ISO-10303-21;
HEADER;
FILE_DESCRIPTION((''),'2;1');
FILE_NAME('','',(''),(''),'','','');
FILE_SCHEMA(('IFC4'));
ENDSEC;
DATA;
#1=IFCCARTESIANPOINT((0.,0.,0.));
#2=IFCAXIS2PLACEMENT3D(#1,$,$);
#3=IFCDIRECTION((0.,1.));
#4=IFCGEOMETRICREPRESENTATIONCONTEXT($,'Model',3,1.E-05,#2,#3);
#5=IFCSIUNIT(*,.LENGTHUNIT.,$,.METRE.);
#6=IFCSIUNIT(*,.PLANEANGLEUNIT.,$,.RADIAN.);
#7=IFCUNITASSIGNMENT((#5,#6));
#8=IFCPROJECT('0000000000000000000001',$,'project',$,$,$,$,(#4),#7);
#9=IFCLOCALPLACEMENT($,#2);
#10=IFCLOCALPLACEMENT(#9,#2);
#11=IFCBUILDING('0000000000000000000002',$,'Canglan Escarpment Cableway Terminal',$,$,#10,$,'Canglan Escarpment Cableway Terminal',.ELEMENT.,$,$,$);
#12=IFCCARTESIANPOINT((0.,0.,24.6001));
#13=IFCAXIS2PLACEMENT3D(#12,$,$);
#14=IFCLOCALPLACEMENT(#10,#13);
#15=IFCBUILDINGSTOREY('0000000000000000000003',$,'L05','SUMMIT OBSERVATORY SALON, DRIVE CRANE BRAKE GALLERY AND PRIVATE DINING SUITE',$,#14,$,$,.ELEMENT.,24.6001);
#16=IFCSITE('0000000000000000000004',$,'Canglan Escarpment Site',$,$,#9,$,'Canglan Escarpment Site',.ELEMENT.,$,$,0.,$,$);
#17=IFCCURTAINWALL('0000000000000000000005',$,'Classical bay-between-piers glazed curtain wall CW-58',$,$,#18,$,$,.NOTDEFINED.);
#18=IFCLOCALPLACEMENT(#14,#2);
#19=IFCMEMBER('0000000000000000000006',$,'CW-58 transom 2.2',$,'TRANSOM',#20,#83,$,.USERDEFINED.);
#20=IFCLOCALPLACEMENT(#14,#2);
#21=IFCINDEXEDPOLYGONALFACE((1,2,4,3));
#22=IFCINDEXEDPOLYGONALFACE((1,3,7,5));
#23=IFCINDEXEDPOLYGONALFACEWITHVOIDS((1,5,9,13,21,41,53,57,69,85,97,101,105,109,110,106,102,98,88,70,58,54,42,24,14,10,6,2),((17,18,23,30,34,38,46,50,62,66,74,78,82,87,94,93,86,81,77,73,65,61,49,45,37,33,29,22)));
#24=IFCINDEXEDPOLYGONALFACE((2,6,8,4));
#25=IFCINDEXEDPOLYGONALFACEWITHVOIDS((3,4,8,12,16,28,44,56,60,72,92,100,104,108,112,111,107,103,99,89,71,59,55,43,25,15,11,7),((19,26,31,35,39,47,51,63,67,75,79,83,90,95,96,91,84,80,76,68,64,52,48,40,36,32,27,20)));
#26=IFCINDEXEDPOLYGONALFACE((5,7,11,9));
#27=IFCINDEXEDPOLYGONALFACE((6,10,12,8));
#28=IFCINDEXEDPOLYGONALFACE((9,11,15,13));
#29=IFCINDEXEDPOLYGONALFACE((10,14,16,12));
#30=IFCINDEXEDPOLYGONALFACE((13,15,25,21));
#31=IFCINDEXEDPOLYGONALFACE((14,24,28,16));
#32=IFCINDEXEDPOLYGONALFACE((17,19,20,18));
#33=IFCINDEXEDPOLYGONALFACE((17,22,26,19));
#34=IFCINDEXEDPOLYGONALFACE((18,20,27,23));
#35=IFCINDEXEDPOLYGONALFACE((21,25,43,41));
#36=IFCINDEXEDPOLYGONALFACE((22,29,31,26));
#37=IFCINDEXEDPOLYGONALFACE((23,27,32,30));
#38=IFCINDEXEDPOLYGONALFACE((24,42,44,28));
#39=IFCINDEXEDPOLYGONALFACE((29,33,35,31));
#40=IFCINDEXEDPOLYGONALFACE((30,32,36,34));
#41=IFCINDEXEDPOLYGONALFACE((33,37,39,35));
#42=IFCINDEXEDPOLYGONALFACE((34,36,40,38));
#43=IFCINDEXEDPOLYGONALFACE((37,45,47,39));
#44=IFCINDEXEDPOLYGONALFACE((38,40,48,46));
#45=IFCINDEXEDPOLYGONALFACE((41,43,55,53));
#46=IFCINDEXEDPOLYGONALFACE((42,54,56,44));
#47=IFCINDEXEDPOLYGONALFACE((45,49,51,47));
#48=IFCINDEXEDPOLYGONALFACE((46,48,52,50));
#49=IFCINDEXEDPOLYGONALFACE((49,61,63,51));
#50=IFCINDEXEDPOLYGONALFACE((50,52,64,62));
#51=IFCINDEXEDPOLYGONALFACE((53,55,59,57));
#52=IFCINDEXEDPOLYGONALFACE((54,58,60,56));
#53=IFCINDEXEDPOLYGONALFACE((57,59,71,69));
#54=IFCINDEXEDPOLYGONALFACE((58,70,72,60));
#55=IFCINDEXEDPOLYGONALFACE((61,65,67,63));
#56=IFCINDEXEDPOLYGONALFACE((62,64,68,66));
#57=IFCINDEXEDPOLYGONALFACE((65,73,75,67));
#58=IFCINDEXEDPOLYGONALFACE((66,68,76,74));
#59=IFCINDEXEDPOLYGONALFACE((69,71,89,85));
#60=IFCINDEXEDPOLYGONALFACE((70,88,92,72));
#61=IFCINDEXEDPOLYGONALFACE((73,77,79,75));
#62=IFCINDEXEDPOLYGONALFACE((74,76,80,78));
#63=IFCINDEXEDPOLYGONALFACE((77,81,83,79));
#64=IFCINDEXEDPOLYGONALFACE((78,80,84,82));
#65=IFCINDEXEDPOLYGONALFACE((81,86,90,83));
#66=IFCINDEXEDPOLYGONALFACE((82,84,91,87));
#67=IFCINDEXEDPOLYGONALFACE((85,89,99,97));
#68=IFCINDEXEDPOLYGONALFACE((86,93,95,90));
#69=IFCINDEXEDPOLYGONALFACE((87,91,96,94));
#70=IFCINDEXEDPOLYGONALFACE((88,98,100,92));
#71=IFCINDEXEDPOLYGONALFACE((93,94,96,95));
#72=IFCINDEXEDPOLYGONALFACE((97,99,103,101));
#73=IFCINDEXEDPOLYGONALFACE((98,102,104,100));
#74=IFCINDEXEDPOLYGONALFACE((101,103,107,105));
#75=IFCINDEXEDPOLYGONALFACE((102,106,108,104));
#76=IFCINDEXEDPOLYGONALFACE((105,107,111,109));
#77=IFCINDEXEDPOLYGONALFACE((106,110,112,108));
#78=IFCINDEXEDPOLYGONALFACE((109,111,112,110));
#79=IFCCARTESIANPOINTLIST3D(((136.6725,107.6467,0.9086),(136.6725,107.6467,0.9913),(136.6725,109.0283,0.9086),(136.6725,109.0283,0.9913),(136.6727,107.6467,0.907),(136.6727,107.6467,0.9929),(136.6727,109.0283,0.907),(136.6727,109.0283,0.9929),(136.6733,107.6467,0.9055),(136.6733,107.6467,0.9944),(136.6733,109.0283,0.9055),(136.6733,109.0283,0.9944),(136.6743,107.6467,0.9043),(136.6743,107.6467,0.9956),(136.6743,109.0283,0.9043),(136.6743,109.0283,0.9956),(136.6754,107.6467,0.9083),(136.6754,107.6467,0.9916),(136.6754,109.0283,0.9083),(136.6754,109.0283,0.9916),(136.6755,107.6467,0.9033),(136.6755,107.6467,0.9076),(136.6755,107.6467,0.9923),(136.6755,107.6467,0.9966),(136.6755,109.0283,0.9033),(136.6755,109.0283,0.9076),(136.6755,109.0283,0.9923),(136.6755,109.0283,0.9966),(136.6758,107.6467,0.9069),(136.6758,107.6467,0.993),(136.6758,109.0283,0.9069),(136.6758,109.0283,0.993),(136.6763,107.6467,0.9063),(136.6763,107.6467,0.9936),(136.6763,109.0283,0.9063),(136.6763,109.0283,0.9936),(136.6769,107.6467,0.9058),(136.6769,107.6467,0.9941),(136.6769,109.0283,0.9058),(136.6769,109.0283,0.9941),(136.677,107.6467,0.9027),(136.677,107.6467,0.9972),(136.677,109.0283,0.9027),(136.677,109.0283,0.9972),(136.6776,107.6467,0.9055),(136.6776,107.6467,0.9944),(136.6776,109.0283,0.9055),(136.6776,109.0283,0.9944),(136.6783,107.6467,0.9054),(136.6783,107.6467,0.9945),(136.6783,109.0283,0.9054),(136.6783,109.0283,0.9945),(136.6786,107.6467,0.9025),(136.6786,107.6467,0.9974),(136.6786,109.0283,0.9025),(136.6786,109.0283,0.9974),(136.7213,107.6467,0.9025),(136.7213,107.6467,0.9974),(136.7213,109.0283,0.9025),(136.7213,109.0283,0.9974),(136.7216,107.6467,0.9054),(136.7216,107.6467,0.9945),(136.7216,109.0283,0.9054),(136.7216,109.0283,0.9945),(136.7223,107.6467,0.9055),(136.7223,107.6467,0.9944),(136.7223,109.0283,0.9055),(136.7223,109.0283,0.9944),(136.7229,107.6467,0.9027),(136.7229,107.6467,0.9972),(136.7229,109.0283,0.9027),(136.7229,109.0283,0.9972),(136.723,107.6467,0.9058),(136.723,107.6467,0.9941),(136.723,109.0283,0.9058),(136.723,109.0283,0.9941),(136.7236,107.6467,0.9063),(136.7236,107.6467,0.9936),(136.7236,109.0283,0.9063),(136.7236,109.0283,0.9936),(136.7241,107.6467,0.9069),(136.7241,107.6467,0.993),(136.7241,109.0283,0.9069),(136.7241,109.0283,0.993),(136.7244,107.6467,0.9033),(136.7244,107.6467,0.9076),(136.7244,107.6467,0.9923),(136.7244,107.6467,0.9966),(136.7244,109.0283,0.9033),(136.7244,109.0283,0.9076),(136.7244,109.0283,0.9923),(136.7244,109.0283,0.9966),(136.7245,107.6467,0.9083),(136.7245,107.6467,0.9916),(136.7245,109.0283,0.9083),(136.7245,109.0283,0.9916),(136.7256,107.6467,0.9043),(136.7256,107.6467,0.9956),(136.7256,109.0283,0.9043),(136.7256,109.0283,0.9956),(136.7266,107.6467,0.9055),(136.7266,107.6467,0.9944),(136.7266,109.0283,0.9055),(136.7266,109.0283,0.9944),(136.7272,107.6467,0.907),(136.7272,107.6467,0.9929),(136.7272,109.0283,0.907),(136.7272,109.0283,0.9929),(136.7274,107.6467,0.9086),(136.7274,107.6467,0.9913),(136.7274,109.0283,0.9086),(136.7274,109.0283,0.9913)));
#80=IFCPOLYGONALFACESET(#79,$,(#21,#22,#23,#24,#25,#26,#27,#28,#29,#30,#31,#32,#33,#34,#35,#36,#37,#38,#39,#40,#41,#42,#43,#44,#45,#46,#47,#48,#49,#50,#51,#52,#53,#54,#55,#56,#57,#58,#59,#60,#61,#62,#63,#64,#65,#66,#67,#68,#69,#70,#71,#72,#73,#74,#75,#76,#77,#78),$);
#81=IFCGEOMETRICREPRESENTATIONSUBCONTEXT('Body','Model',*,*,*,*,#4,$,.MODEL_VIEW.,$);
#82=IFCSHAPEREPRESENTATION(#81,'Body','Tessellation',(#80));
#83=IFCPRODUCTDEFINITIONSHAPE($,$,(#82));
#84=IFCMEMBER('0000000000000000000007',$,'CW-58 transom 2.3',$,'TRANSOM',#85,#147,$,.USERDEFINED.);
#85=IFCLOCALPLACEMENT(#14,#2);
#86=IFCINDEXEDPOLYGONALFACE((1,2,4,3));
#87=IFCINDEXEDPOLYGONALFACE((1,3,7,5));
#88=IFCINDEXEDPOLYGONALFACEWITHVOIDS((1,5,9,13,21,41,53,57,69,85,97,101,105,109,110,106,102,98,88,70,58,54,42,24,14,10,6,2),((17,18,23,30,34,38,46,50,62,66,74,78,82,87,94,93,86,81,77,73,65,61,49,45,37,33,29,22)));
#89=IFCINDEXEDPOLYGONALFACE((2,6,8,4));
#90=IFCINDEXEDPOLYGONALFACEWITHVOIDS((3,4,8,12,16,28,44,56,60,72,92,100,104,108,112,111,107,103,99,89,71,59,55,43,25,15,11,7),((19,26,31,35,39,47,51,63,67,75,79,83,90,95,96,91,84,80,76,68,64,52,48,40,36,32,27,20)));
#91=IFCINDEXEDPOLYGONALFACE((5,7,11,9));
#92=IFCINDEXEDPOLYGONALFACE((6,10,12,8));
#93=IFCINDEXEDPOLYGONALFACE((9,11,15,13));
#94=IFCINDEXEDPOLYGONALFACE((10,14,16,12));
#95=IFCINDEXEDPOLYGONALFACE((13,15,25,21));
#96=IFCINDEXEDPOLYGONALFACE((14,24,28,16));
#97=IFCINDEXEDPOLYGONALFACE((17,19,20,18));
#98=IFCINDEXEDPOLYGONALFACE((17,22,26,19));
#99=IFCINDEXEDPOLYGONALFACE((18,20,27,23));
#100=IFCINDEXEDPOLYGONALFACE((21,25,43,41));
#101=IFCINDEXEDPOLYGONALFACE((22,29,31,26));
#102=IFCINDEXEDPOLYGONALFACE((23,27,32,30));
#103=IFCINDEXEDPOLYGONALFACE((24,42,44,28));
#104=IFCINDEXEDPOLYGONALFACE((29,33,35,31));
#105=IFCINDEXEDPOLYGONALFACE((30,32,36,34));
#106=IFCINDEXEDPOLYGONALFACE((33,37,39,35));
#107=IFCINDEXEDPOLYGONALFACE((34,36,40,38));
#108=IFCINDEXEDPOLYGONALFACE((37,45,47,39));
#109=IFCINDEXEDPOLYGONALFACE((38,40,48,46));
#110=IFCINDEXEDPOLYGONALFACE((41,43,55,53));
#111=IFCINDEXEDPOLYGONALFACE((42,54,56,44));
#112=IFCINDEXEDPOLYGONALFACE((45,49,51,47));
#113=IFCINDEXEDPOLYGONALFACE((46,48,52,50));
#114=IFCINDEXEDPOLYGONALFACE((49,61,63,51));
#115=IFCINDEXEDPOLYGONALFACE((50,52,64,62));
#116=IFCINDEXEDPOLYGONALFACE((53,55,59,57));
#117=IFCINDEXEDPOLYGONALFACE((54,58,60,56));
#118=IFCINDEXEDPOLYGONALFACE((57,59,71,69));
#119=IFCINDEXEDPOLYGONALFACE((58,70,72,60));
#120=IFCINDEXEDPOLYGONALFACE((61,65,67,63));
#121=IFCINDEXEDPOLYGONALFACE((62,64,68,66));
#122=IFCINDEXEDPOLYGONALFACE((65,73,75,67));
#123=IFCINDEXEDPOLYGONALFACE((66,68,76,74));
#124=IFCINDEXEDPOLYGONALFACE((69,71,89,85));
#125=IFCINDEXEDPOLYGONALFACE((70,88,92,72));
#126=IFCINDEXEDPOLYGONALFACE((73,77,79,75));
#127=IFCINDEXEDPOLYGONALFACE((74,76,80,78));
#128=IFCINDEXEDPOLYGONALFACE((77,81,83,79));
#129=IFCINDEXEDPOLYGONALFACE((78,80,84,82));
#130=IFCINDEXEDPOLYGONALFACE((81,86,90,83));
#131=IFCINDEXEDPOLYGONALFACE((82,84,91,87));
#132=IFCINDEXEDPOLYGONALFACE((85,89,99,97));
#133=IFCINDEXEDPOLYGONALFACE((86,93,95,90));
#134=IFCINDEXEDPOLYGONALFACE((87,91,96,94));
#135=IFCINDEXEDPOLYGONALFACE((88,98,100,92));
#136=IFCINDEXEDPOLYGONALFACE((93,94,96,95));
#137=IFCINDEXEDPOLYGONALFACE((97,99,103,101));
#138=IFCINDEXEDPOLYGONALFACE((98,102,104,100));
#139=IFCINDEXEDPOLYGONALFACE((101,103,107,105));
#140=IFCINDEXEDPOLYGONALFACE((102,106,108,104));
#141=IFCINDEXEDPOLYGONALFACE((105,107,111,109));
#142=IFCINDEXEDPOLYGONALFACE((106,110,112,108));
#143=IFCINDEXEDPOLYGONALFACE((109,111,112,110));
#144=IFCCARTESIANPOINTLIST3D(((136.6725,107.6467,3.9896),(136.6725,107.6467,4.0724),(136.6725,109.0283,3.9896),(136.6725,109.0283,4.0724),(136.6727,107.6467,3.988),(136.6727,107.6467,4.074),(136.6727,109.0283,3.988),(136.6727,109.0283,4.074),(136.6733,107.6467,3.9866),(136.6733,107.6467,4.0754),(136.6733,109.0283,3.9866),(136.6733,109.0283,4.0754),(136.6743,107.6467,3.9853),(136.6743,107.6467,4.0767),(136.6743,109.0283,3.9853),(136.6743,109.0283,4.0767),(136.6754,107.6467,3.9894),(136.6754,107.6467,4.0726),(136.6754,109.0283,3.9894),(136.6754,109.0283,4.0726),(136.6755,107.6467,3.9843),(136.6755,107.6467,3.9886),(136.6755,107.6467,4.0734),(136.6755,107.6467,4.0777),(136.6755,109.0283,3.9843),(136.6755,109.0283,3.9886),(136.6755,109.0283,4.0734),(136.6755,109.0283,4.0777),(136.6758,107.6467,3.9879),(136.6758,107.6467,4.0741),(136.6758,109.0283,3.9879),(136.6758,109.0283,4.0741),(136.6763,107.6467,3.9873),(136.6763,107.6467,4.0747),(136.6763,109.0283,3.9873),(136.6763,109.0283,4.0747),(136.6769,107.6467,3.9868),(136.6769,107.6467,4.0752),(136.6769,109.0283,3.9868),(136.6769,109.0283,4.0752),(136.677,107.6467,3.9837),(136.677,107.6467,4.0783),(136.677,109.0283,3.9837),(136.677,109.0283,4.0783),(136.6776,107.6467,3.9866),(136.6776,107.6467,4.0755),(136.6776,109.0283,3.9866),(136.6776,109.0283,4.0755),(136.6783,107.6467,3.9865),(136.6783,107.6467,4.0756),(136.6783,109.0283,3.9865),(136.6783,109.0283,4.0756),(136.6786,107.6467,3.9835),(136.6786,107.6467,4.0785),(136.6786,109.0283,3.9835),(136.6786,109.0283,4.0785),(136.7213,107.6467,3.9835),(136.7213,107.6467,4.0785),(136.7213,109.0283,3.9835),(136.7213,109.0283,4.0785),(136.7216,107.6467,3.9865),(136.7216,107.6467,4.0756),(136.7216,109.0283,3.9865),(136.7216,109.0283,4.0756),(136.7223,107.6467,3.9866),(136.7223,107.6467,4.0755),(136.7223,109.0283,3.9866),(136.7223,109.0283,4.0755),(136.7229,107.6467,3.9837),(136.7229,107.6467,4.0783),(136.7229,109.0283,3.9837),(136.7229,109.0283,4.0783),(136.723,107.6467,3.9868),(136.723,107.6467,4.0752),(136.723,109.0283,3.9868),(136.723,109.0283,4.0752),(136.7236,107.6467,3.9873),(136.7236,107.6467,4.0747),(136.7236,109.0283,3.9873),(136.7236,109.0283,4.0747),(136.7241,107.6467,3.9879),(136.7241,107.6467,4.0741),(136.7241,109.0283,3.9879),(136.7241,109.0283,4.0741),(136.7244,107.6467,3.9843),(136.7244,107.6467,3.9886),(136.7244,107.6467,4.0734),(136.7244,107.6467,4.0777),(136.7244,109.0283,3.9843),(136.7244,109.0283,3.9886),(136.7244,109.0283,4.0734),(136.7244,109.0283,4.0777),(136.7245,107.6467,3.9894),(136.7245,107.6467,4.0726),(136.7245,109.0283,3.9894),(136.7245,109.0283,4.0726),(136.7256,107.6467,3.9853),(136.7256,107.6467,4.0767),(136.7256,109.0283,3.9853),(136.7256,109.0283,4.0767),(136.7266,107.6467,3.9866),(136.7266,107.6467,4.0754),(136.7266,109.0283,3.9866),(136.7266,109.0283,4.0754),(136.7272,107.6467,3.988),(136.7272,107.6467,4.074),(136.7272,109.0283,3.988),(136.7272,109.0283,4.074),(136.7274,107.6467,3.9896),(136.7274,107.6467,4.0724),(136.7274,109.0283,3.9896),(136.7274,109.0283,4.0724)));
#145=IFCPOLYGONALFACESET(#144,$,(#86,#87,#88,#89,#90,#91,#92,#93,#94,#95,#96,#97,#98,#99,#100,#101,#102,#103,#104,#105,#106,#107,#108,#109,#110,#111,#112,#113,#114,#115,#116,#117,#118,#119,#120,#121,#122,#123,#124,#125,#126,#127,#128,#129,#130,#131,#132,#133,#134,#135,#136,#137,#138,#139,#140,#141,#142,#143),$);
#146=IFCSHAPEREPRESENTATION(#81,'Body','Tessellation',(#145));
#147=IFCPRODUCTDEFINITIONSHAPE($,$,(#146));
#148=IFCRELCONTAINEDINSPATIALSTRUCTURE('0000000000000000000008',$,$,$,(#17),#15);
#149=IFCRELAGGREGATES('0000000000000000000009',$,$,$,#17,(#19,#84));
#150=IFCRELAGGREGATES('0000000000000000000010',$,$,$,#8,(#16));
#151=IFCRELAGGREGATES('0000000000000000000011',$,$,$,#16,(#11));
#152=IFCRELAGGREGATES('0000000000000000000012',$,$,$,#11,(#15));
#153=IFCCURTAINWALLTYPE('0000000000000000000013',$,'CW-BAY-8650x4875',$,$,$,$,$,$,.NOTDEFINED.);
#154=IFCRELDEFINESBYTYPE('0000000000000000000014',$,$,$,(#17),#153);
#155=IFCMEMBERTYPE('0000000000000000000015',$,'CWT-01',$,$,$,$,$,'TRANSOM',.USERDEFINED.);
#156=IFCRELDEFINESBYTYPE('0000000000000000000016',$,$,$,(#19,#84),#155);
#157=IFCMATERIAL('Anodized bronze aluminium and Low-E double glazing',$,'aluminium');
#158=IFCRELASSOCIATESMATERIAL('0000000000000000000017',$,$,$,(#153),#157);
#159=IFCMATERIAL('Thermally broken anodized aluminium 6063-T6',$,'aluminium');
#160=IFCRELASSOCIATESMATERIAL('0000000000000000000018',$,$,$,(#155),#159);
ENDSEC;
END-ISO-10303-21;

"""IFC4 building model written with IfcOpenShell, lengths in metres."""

from ifc_helpers import new_model, si_unit, direction, frame, origin, origin_2d, place, context, subcontext, project, spatial, hollow_rectangle, extrude, material, material_profile, profile_set, type_object, element, aggregate, save


model = new_model("IFC4")

# Units and contexts
model_context = context("Model", 3, precision=1e-05, world=origin(), true_north=direction((0.0, 1.0)))
body_context = subcontext(model_context, "Body", "Model", "MODEL_VIEW")
ifc_project = project(units=[si_unit("LENGTHUNIT", "METRE"), si_unit("PLANEANGLEUNIT", "RADIAN")], contexts=[model_context])

# Site, building, storey
site_placement = place(None, origin())
site = spatial("IfcSite", under=ifc_project, at=site_placement, Name="Canglan Escarpment Site", LongName="Canglan Escarpment Site", CompositionType="ELEMENT", RefElevation=0.0)
building_placement = place(site_placement, origin())
building = spatial("IfcBuilding", under=site, at=building_placement, Name="Canglan Escarpment Cableway Terminal", LongName="Canglan Escarpment Cableway Terminal", CompositionType="ELEMENT")
storey_placement = place(building_placement, frame((0.0, 0.0, 24.6001)))
storey = spatial("IfcBuildingStorey", under=building, at=storey_placement, Name="L05", Description="SUMMIT OBSERVATORY SALON, DRIVE CRANE BRAKE GALLERY AND PRIVATE DINING SUITE", CompositionType="ELEMENT", Elevation=24.6001)

# Curtain wall
ifc_material_1 = material(Name="Anodized bronze aluminium and Low-E double glazing", Category="aluminium")
curtain_wall_type = type_object("IfcCurtainWallType", Name="CW-BAY-8650x4875", PredefinedType="NOTDEFINED", material=ifc_material_1)
curtain_wall_1_placement = place(storey_placement, origin())
curtain_wall_1 = element("IfcCurtainWall", 1, at=curtain_wall_1_placement, inside=storey, type_object=curtain_wall_type, Name="Classical bay-between-piers glazed curtain wall CW-58", PredefinedType="NOTDEFINED")
ifc_material_2 = material(Name="Thermally broken anodized aluminium 6063-T6", Category="aluminium")

# Members
ifc_material_profile_1 = material_profile(ifc_material_2, hollow_rectangle(XDim=0.0549, YDim=0.095, WallThickness=0.0029, InnerFilletRadius=0.0029, OuterFilletRadius=0.0061, at=origin_2d()), Name="ALU-TRAN 55x95x3")
ifc_profile_set_1 = profile_set([ifc_material_profile_1], Name="Thermally broken anodized aluminium 6063-T6")
member_type_1 = type_object("IfcMemberType", Name="CWT-01", ElementType="TRANSOM", PredefinedType="USERDEFINED", material=ifc_profile_set_1)
member_1_placement = place(storey_placement, frame((136.7, 107.6467, 0.95), z_axis=(0.0, 1.0, 0.0), x_axis=(-1.0, 0.0, 0.0)))
member_1 = element("IfcMember", 2, at=member_1_placement, type_object=member_type_1, Name="CW-58 transom 2.2", ObjectType="TRANSOM", PredefinedType="USERDEFINED", context=body_context, shape_type="SweptSolid", body=[
    extrude(hollow_rectangle(XDim=0.0549, YDim=0.095, WallThickness=0.0029, InnerFilletRadius=0.0029, OuterFilletRadius=0.0061, at=origin_2d()), origin(), (0.0, 0.0, 1.0), 1.3816),
])
member_2_placement = place(storey_placement, frame((136.7, 107.6467, 4.031), z_axis=(0.0, 1.0, 0.0), x_axis=(-1.0, 0.0, 0.0)))
member_2 = element("IfcMember", 3, at=member_2_placement, type_object=member_type_1, Name="CW-58 transom 2.3", ObjectType="TRANSOM", PredefinedType="USERDEFINED", context=body_context, shape_type="SweptSolid", body=[
    extrude(hollow_rectangle(XDim=0.0549, YDim=0.095, WallThickness=0.0029, InnerFilletRadius=0.0029, OuterFilletRadius=0.0061, at=origin_2d()), origin(), (0.0, 0.0, 1.0), 1.3816),
])

aggregate(curtain_wall_1, [member_1, member_2])

save(model, "model.ifc")
